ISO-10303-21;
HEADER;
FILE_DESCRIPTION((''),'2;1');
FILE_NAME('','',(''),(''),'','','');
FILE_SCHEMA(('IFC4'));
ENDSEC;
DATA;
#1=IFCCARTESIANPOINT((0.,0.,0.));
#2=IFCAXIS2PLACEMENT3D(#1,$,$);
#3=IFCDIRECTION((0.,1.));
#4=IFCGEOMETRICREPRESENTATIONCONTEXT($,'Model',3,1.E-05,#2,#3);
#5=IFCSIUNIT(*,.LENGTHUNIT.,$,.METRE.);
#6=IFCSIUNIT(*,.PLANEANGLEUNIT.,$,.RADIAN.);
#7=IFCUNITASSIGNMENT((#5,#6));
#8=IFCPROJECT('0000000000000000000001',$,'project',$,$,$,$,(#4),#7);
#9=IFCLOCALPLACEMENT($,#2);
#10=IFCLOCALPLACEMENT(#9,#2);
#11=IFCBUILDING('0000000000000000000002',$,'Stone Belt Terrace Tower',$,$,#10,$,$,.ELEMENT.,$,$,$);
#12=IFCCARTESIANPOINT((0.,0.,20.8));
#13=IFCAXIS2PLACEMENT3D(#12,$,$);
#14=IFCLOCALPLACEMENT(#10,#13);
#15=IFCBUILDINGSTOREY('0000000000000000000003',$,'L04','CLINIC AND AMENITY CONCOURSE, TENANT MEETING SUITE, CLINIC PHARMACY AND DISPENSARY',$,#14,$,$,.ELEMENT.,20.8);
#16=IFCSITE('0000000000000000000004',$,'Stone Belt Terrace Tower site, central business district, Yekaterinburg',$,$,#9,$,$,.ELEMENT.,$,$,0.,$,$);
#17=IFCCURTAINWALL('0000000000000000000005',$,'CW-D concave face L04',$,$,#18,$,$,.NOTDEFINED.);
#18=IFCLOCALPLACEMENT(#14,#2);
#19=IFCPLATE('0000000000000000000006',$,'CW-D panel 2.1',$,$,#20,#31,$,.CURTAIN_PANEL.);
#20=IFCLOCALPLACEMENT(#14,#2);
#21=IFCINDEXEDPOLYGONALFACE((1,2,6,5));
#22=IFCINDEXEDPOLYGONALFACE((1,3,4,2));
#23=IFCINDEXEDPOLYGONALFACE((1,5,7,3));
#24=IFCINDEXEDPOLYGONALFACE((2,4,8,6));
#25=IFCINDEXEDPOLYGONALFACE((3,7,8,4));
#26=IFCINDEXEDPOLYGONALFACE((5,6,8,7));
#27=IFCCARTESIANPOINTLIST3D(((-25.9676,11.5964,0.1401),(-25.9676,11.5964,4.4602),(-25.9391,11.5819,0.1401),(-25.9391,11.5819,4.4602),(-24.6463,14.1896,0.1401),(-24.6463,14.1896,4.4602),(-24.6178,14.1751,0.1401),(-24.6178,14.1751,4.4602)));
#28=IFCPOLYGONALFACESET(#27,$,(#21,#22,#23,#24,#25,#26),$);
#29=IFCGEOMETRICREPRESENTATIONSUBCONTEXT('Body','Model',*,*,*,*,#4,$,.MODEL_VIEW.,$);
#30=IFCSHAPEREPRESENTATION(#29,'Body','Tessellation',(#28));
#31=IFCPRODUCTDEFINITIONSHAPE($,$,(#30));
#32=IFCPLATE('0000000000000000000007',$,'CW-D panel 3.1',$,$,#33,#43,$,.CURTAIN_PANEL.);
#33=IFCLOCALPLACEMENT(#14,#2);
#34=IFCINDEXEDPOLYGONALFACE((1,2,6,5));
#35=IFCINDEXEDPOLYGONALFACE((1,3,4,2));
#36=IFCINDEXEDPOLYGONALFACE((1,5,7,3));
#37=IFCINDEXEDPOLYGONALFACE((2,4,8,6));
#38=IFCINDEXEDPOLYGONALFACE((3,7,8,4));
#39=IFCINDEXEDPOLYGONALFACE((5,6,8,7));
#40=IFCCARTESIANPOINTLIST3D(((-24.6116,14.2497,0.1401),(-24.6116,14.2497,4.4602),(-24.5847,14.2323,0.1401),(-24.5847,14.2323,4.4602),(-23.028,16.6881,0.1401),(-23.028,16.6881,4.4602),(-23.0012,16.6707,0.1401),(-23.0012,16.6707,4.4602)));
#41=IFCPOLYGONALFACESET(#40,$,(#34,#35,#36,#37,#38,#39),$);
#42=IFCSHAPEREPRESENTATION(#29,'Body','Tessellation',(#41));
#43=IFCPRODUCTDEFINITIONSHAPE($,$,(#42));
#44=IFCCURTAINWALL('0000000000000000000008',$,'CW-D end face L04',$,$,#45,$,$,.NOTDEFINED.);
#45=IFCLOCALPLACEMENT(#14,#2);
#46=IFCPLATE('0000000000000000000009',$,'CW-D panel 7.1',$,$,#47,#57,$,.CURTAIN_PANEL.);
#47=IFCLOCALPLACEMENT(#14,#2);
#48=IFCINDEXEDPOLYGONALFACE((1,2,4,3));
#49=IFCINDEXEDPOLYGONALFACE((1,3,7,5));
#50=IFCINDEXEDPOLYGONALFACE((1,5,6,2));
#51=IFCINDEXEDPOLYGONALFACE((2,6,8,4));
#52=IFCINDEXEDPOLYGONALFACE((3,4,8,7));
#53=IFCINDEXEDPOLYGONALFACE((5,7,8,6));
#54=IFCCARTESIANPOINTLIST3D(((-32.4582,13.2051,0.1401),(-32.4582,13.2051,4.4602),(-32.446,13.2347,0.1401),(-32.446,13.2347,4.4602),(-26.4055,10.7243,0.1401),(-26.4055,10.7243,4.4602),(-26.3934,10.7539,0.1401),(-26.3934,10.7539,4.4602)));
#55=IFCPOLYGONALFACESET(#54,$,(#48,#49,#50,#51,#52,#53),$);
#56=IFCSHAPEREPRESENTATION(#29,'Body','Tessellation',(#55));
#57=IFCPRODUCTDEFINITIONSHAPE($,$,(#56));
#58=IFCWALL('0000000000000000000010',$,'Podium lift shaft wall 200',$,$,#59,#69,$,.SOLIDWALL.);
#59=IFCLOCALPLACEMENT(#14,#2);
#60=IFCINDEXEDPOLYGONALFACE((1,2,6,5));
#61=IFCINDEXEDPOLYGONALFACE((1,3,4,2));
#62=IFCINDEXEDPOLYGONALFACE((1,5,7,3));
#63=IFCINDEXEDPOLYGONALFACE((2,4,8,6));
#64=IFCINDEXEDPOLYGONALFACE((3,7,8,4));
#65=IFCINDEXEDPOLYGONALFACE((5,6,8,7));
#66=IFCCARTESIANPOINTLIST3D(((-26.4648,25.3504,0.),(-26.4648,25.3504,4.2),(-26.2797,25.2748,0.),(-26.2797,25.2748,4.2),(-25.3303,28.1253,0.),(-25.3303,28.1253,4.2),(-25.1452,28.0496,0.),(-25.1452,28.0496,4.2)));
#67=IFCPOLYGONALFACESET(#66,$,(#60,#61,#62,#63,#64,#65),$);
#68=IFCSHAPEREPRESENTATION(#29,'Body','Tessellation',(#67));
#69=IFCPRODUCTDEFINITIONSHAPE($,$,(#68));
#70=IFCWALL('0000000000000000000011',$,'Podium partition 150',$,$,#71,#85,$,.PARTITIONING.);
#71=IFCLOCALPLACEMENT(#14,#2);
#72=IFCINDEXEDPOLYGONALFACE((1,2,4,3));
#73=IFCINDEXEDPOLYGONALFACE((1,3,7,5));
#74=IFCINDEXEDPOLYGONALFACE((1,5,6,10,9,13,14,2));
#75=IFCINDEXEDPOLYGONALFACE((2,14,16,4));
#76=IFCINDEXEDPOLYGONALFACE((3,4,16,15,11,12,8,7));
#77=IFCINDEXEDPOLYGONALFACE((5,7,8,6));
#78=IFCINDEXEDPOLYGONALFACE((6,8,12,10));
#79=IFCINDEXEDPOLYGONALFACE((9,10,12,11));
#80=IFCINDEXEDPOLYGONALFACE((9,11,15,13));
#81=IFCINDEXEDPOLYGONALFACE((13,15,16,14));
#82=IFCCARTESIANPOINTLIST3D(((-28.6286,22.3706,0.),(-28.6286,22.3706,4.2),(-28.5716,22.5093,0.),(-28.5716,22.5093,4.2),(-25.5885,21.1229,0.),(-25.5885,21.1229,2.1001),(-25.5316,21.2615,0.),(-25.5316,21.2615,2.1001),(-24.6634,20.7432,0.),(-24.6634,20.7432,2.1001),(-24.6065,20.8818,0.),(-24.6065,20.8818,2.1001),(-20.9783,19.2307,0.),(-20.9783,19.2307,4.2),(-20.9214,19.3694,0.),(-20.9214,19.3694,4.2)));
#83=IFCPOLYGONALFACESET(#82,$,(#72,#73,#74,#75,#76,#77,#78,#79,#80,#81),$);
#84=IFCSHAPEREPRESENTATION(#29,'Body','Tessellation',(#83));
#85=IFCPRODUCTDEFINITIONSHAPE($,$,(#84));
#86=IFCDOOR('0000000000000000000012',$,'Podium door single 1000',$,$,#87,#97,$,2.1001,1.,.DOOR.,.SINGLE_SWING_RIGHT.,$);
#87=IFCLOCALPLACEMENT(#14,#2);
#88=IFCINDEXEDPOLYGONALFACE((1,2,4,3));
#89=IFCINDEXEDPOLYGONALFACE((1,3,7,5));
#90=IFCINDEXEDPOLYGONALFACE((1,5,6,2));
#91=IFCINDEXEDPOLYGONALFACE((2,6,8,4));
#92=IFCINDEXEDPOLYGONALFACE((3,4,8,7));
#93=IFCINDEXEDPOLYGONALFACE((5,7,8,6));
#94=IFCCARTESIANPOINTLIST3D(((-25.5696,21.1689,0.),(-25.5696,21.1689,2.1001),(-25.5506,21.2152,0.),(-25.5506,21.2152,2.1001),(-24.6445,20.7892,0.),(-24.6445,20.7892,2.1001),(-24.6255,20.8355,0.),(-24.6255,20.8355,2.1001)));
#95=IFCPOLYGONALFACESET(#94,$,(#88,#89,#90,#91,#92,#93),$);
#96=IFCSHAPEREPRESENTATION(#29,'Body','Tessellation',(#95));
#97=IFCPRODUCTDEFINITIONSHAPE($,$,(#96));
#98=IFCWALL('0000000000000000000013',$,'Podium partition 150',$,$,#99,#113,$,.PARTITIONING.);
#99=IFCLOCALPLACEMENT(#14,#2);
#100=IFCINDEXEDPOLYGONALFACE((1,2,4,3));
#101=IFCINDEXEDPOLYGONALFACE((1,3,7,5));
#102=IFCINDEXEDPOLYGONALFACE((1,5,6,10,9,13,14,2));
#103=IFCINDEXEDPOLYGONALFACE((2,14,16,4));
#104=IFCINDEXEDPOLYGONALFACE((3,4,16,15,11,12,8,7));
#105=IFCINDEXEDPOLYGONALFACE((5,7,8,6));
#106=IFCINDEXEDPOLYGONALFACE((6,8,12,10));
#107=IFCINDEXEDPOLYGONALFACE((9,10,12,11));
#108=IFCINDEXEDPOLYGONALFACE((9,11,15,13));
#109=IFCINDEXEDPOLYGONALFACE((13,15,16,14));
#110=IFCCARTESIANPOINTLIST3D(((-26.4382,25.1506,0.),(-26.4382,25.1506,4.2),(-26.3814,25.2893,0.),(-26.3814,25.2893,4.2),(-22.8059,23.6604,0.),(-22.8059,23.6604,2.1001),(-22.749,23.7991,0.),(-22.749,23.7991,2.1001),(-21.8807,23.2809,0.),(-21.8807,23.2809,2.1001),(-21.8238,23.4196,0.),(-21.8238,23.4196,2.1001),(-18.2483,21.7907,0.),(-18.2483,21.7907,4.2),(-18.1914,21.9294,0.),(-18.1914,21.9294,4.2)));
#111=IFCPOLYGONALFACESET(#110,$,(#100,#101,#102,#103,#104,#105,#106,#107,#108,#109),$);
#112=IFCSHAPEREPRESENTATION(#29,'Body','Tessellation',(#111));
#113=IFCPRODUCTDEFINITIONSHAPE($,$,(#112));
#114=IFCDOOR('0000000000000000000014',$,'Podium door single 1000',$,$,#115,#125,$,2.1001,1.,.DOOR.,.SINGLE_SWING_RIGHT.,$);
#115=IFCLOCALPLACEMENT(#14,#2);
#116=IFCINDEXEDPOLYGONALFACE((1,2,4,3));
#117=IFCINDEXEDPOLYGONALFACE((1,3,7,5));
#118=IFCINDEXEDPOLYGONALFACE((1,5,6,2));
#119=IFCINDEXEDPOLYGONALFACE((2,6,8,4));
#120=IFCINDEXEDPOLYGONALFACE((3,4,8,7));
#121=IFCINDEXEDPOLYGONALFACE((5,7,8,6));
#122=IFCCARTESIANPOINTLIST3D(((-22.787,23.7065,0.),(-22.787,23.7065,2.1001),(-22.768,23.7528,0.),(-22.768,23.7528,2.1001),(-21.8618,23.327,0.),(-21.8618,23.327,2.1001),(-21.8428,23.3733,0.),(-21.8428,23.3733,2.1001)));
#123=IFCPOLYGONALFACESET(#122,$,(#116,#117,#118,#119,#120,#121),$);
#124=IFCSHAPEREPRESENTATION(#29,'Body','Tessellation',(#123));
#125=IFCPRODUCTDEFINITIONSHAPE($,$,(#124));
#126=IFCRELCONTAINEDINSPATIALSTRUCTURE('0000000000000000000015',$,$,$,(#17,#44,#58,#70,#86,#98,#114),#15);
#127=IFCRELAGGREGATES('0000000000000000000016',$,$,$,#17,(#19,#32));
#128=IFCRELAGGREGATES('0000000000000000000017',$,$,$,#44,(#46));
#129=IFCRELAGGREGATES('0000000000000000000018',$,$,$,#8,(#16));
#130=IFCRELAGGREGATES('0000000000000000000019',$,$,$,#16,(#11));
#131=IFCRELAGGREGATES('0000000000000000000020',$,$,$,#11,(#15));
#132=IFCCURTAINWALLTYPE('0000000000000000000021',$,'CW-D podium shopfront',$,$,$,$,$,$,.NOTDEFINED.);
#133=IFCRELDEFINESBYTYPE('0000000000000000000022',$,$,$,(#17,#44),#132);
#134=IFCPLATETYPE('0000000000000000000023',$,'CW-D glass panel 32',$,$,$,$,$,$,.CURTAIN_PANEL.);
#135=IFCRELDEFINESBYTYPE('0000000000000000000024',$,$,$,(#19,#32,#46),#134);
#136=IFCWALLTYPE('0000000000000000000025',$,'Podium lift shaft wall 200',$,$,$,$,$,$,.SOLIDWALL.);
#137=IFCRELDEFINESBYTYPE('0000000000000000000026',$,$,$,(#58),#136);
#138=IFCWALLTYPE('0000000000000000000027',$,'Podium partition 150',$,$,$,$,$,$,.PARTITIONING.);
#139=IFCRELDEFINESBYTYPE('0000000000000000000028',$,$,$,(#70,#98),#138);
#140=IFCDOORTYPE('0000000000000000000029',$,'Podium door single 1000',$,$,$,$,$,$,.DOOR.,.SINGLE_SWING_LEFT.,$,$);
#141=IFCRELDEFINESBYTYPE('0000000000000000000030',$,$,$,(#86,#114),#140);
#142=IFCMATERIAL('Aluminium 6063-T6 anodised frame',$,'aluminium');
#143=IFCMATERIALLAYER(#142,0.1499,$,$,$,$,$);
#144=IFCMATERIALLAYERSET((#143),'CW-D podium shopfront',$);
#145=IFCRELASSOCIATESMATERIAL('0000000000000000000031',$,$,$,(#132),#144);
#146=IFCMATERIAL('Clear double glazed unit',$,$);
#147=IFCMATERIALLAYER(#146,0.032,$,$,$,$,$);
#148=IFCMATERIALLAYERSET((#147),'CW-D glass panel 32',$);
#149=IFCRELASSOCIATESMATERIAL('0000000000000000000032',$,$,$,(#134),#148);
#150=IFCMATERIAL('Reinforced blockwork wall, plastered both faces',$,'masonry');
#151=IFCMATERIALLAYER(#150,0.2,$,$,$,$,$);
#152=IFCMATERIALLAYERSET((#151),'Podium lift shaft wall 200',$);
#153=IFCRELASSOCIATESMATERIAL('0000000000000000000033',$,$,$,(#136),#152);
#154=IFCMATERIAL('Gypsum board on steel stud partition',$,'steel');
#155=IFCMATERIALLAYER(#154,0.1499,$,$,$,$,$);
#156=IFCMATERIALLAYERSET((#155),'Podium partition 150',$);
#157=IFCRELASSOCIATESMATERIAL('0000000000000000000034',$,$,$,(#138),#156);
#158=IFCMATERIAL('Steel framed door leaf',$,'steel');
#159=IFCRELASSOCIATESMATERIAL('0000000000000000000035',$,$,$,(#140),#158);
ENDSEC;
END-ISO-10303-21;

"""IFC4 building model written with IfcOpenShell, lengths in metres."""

from ifc_helpers import new_model, si_unit, direction, frame, frame_2d, origin, origin_2d, place, context, subcontext, project, spatial, rectangle, extrude, material, layer, layer_set, type_object, element, fill, aggregate, save


model = new_model("IFC4")

# Units and contexts
model_context = context("Model", 3, precision=1e-05, world=origin(), true_north=direction((0.0, 1.0)))
body_context = subcontext(model_context, "Body", "Model", "MODEL_VIEW")
ifc_project = project(units=[si_unit("LENGTHUNIT", "METRE"), si_unit("PLANEANGLEUNIT", "RADIAN")], contexts=[model_context])

# Site, building, storey
site_placement = place(None, origin())
site = spatial("IfcSite", under=ifc_project, at=site_placement, Name="Stone Belt Terrace Tower site, central business district, Yekaterinburg", CompositionType="ELEMENT", RefElevation=0.0)
building_placement = place(site_placement, origin())
building = spatial("IfcBuilding", under=site, at=building_placement, Name="Stone Belt Terrace Tower", CompositionType="ELEMENT")
storey_placement = place(building_placement, frame((0.0, 0.0, 20.8)))
storey = spatial("IfcBuildingStorey", under=building, at=storey_placement, Name="L04", Description="CLINIC AND AMENITY CONCOURSE, TENANT MEETING SUITE, CLINIC PHARMACY AND DISPENSARY", CompositionType="ELEMENT", Elevation=20.8)

# Curtain wall
ifc_material_1 = material(Name="Aluminium 6063-T6 anodised frame", Category="aluminium")
ifc_layer_1 = layer(ifc_material_1, 0.1499)
ifc_layer_set_1 = layer_set([ifc_layer_1], Name="CW-D podium shopfront")
curtain_wall_type = type_object("IfcCurtainWallType", Name="CW-D podium shopfront", PredefinedType="NOTDEFINED", material=ifc_layer_set_1)
curtain_wall_1_placement = place(storey_placement, origin())
curtain_wall_1 = element("IfcCurtainWall", 1, at=curtain_wall_1_placement, inside=storey, type_object=curtain_wall_type, Name="CW-D concave face L04", PredefinedType="NOTDEFINED")

# Plates
ifc_material_2 = material(Name="Clear double glazed unit")
ifc_layer_2 = layer(ifc_material_2, 0.032)
ifc_layer_set_2 = layer_set([ifc_layer_2], Name="CW-D glass panel 32")
plate_type = type_object("IfcPlateType", Name="CW-D glass panel 32", PredefinedType="CURTAIN_PANEL", material=ifc_layer_set_2)
plate_1_placement = place(storey_placement, frame((-25.2927, 12.8857, 0.1401), z_axis=(0.0, 0.0, 1.0), x_axis=(0.45399, 0.891007, 0.0)))
plate_1 = element("IfcPlate", 2, at=plate_1_placement, type_object=plate_type, Name="CW-D panel 2.1", PredefinedType="CURTAIN_PANEL", context=body_context, shape_type="SweptSolid", body=[
    extrude(rectangle(XDim=2.9104, YDim=0.032, at=origin_2d()), origin(), (0.0, 0.0, 1.0), 4.3201),
])
plate_2_placement = place(storey_placement, frame((-23.8064, 15.4602, 0.1401), z_axis=(0.0, 0.0, 1.0), x_axis=(0.544639, 0.838671, 0.0)))
plate_2 = element("IfcPlate", 3, at=plate_2_placement, type_object=plate_type, Name="CW-D panel 3.1", PredefinedType="CURTAIN_PANEL", context=body_context, shape_type="SweptSolid", body=[
    extrude(rectangle(XDim=2.9075, YDim=0.032, at=origin_2d()), origin(), (0.0, 0.0, 1.0), 4.3201),
])
aggregate(curtain_wall_1, [plate_1, plate_2])

# Curtain wall, plate
curtain_wall_2_placement = place(storey_placement, origin())
curtain_wall_2 = element("IfcCurtainWall", 4, at=curtain_wall_2_placement, inside=storey, type_object=curtain_wall_type, Name="CW-D end face L04", PredefinedType="NOTDEFINED")
plate_3_placement = place(storey_placement, frame((-29.4258, 11.9795, 0.1401), z_axis=(0.0, 0.0, 1.0), x_axis=(0.925297, -0.379243, 0.0)))
plate_3 = element("IfcPlate", 5, at=plate_3_placement, type_object=plate_type, Name="CW-D panel 7.1", PredefinedType="CURTAIN_PANEL", context=body_context, shape_type="SweptSolid", body=[
    extrude(rectangle(XDim=6.5413, YDim=0.032, at=origin_2d()), origin(), (0.0, 0.0, 1.0), 4.3201),
])
aggregate(curtain_wall_2, [plate_3])

# Wall
ifc_material_3 = material(Name="Reinforced blockwork wall, plastered both faces", Category="masonry")
ifc_layer_3 = layer(ifc_material_3, 0.2)
ifc_layer_set_3 = layer_set([ifc_layer_3], Name="Podium lift shaft wall 200")
wall_type_1 = type_object("IfcWallType", Name="Podium lift shaft wall 200", PredefinedType="SOLIDWALL", material=ifc_layer_set_3)
wall_1_placement = place(storey_placement, frame((-26.3723, 25.3125, 0.0), z_axis=(0.0, 0.0, 1.0), x_axis=(0.378443, 0.925625, 0.0)))
element("IfcWall", 6, at=wall_1_placement, inside=storey, type_object=wall_type_1, Name="Podium lift shaft wall 200", PredefinedType="SOLIDWALL", context=body_context, shape_type="SweptSolid", body=[
    extrude(rectangle(XDim=2.9978, YDim=0.2, at=frame_2d((1.499, 0.0))), origin(), (0.0, 0.0, 1.0), 4.2),
])

# Walls, openings, doors
ifc_material_4 = material(Name="Gypsum board on steel stud partition", Category="steel")
ifc_layer_4 = layer(ifc_material_4, 0.1499)
ifc_layer_set_4 = layer_set([ifc_layer_4], Name="Podium partition 150")
wall_type_2 = type_object("IfcWallType", Name="Podium partition 150", PredefinedType="PARTITIONING", material=ifc_layer_set_4)
wall_2_placement = place(storey_placement, frame((-28.6001, 22.4399, 0.0), z_axis=(0.0, 0.0, 1.0), x_axis=(0.92511, -0.379698, 0.0)))
wall_2 = element("IfcWall", 7, at=wall_2_placement, inside=storey, type_object=wall_type_2, Name="Podium partition 150", PredefinedType="PARTITIONING", context=body_context, shape_type="SweptSolid", body=[
    extrude(rectangle(XDim=8.2695, YDim=0.1499, at=frame_2d((4.1348, 0.0))), origin(), (0.0, 0.0, 1.0), 4.2),
])
opening_1_placement = place(wall_2_placement, frame((3.2861, 0.0, 0.0)))
opening_1 = element("IfcOpeningElement", 8, at=opening_1_placement, cuts=wall_2, PredefinedType="OPENING", context=body_context, shape_type="SweptSolid", body=[
    extrude(rectangle(XDim=1.0, YDim=2.1001, at=frame_2d((0.5, 1.05))), frame((0.0, 0.085, 0.0), z_axis=(0.0, -1.0, 0.0), x_axis=(1.0, 0.0, 0.0)), (0.0, 0.0, 1.0), 0.1699),
])
ifc_material_5 = material(Name="Steel framed door leaf", Category="steel")
door_type = type_object("IfcDoorType", Name="Podium door single 1000", OperationType="SINGLE_SWING_LEFT", PredefinedType="DOOR", material=ifc_material_5)
door_1_placement = place(opening_1_placement, origin())
door_1 = element("IfcDoor", 9, at=door_1_placement, inside=storey, type_object=door_type, Name="Podium door single 1000", OperationType="SINGLE_SWING_RIGHT", OverallHeight=2.1001, OverallWidth=1.0, PredefinedType="DOOR", context=body_context, shape_type="SweptSolid", body=[
    extrude(rectangle(XDim=1.0, YDim=2.1001, at=frame_2d((0.5, 1.05))), frame((0.0, 0.0249, 0.0), z_axis=(0.0, -1.0, 0.0), x_axis=(1.0, 0.0, 0.0)), (0.0, 0.0, 1.0), 0.05),
])
fill(opening_1, door_1)
wall_3_placement = place(storey_placement, frame((-26.4099, 25.22, 0.0), z_axis=(0.0, 0.0, 1.0), x_axis=(0.925173, -0.379545, 0.0)))
wall_3 = element("IfcWall", 10, at=wall_3_placement, inside=storey, type_object=wall_type_2, Name="Podium partition 150", PredefinedType="PARTITIONING", context=body_context, shape_type="SweptSolid", body=[
    extrude(rectangle(XDim=8.8523, YDim=0.1499, at=frame_2d((4.4263, 0.0))), origin(), (0.0, 0.0, 1.0), 4.2),
])
opening_2_placement = place(wall_3_placement, frame((3.9263, 0.0, 0.0)))
opening_2 = element("IfcOpeningElement", 11, at=opening_2_placement, cuts=wall_3, PredefinedType="OPENING", context=body_context, shape_type="SweptSolid", body=[
    extrude(rectangle(XDim=1.0, YDim=2.1001, at=frame_2d((0.5, 1.05))), frame((0.0, 0.085, 0.0), z_axis=(0.0, -1.0, 0.0), x_axis=(1.0, 0.0, 0.0)), (0.0, 0.0, 1.0), 0.1699),
])
door_2_placement = place(opening_2_placement, origin())
door_2 = element("IfcDoor", 12, at=door_2_placement, inside=storey, type_object=door_type, Name="Podium door single 1000", OperationType="SINGLE_SWING_RIGHT", OverallHeight=2.1001, OverallWidth=1.0, PredefinedType="DOOR", context=body_context, shape_type="SweptSolid", body=[
    extrude(rectangle(XDim=1.0, YDim=2.1001, at=frame_2d((0.5, 1.05))), frame((0.0, 0.0249, 0.0), z_axis=(0.0, -1.0, 0.0), x_axis=(1.0, 0.0, 0.0)), (0.0, 0.0, 1.0), 0.05),
])
fill(opening_2, door_2)

save(model, "model.ifc")
